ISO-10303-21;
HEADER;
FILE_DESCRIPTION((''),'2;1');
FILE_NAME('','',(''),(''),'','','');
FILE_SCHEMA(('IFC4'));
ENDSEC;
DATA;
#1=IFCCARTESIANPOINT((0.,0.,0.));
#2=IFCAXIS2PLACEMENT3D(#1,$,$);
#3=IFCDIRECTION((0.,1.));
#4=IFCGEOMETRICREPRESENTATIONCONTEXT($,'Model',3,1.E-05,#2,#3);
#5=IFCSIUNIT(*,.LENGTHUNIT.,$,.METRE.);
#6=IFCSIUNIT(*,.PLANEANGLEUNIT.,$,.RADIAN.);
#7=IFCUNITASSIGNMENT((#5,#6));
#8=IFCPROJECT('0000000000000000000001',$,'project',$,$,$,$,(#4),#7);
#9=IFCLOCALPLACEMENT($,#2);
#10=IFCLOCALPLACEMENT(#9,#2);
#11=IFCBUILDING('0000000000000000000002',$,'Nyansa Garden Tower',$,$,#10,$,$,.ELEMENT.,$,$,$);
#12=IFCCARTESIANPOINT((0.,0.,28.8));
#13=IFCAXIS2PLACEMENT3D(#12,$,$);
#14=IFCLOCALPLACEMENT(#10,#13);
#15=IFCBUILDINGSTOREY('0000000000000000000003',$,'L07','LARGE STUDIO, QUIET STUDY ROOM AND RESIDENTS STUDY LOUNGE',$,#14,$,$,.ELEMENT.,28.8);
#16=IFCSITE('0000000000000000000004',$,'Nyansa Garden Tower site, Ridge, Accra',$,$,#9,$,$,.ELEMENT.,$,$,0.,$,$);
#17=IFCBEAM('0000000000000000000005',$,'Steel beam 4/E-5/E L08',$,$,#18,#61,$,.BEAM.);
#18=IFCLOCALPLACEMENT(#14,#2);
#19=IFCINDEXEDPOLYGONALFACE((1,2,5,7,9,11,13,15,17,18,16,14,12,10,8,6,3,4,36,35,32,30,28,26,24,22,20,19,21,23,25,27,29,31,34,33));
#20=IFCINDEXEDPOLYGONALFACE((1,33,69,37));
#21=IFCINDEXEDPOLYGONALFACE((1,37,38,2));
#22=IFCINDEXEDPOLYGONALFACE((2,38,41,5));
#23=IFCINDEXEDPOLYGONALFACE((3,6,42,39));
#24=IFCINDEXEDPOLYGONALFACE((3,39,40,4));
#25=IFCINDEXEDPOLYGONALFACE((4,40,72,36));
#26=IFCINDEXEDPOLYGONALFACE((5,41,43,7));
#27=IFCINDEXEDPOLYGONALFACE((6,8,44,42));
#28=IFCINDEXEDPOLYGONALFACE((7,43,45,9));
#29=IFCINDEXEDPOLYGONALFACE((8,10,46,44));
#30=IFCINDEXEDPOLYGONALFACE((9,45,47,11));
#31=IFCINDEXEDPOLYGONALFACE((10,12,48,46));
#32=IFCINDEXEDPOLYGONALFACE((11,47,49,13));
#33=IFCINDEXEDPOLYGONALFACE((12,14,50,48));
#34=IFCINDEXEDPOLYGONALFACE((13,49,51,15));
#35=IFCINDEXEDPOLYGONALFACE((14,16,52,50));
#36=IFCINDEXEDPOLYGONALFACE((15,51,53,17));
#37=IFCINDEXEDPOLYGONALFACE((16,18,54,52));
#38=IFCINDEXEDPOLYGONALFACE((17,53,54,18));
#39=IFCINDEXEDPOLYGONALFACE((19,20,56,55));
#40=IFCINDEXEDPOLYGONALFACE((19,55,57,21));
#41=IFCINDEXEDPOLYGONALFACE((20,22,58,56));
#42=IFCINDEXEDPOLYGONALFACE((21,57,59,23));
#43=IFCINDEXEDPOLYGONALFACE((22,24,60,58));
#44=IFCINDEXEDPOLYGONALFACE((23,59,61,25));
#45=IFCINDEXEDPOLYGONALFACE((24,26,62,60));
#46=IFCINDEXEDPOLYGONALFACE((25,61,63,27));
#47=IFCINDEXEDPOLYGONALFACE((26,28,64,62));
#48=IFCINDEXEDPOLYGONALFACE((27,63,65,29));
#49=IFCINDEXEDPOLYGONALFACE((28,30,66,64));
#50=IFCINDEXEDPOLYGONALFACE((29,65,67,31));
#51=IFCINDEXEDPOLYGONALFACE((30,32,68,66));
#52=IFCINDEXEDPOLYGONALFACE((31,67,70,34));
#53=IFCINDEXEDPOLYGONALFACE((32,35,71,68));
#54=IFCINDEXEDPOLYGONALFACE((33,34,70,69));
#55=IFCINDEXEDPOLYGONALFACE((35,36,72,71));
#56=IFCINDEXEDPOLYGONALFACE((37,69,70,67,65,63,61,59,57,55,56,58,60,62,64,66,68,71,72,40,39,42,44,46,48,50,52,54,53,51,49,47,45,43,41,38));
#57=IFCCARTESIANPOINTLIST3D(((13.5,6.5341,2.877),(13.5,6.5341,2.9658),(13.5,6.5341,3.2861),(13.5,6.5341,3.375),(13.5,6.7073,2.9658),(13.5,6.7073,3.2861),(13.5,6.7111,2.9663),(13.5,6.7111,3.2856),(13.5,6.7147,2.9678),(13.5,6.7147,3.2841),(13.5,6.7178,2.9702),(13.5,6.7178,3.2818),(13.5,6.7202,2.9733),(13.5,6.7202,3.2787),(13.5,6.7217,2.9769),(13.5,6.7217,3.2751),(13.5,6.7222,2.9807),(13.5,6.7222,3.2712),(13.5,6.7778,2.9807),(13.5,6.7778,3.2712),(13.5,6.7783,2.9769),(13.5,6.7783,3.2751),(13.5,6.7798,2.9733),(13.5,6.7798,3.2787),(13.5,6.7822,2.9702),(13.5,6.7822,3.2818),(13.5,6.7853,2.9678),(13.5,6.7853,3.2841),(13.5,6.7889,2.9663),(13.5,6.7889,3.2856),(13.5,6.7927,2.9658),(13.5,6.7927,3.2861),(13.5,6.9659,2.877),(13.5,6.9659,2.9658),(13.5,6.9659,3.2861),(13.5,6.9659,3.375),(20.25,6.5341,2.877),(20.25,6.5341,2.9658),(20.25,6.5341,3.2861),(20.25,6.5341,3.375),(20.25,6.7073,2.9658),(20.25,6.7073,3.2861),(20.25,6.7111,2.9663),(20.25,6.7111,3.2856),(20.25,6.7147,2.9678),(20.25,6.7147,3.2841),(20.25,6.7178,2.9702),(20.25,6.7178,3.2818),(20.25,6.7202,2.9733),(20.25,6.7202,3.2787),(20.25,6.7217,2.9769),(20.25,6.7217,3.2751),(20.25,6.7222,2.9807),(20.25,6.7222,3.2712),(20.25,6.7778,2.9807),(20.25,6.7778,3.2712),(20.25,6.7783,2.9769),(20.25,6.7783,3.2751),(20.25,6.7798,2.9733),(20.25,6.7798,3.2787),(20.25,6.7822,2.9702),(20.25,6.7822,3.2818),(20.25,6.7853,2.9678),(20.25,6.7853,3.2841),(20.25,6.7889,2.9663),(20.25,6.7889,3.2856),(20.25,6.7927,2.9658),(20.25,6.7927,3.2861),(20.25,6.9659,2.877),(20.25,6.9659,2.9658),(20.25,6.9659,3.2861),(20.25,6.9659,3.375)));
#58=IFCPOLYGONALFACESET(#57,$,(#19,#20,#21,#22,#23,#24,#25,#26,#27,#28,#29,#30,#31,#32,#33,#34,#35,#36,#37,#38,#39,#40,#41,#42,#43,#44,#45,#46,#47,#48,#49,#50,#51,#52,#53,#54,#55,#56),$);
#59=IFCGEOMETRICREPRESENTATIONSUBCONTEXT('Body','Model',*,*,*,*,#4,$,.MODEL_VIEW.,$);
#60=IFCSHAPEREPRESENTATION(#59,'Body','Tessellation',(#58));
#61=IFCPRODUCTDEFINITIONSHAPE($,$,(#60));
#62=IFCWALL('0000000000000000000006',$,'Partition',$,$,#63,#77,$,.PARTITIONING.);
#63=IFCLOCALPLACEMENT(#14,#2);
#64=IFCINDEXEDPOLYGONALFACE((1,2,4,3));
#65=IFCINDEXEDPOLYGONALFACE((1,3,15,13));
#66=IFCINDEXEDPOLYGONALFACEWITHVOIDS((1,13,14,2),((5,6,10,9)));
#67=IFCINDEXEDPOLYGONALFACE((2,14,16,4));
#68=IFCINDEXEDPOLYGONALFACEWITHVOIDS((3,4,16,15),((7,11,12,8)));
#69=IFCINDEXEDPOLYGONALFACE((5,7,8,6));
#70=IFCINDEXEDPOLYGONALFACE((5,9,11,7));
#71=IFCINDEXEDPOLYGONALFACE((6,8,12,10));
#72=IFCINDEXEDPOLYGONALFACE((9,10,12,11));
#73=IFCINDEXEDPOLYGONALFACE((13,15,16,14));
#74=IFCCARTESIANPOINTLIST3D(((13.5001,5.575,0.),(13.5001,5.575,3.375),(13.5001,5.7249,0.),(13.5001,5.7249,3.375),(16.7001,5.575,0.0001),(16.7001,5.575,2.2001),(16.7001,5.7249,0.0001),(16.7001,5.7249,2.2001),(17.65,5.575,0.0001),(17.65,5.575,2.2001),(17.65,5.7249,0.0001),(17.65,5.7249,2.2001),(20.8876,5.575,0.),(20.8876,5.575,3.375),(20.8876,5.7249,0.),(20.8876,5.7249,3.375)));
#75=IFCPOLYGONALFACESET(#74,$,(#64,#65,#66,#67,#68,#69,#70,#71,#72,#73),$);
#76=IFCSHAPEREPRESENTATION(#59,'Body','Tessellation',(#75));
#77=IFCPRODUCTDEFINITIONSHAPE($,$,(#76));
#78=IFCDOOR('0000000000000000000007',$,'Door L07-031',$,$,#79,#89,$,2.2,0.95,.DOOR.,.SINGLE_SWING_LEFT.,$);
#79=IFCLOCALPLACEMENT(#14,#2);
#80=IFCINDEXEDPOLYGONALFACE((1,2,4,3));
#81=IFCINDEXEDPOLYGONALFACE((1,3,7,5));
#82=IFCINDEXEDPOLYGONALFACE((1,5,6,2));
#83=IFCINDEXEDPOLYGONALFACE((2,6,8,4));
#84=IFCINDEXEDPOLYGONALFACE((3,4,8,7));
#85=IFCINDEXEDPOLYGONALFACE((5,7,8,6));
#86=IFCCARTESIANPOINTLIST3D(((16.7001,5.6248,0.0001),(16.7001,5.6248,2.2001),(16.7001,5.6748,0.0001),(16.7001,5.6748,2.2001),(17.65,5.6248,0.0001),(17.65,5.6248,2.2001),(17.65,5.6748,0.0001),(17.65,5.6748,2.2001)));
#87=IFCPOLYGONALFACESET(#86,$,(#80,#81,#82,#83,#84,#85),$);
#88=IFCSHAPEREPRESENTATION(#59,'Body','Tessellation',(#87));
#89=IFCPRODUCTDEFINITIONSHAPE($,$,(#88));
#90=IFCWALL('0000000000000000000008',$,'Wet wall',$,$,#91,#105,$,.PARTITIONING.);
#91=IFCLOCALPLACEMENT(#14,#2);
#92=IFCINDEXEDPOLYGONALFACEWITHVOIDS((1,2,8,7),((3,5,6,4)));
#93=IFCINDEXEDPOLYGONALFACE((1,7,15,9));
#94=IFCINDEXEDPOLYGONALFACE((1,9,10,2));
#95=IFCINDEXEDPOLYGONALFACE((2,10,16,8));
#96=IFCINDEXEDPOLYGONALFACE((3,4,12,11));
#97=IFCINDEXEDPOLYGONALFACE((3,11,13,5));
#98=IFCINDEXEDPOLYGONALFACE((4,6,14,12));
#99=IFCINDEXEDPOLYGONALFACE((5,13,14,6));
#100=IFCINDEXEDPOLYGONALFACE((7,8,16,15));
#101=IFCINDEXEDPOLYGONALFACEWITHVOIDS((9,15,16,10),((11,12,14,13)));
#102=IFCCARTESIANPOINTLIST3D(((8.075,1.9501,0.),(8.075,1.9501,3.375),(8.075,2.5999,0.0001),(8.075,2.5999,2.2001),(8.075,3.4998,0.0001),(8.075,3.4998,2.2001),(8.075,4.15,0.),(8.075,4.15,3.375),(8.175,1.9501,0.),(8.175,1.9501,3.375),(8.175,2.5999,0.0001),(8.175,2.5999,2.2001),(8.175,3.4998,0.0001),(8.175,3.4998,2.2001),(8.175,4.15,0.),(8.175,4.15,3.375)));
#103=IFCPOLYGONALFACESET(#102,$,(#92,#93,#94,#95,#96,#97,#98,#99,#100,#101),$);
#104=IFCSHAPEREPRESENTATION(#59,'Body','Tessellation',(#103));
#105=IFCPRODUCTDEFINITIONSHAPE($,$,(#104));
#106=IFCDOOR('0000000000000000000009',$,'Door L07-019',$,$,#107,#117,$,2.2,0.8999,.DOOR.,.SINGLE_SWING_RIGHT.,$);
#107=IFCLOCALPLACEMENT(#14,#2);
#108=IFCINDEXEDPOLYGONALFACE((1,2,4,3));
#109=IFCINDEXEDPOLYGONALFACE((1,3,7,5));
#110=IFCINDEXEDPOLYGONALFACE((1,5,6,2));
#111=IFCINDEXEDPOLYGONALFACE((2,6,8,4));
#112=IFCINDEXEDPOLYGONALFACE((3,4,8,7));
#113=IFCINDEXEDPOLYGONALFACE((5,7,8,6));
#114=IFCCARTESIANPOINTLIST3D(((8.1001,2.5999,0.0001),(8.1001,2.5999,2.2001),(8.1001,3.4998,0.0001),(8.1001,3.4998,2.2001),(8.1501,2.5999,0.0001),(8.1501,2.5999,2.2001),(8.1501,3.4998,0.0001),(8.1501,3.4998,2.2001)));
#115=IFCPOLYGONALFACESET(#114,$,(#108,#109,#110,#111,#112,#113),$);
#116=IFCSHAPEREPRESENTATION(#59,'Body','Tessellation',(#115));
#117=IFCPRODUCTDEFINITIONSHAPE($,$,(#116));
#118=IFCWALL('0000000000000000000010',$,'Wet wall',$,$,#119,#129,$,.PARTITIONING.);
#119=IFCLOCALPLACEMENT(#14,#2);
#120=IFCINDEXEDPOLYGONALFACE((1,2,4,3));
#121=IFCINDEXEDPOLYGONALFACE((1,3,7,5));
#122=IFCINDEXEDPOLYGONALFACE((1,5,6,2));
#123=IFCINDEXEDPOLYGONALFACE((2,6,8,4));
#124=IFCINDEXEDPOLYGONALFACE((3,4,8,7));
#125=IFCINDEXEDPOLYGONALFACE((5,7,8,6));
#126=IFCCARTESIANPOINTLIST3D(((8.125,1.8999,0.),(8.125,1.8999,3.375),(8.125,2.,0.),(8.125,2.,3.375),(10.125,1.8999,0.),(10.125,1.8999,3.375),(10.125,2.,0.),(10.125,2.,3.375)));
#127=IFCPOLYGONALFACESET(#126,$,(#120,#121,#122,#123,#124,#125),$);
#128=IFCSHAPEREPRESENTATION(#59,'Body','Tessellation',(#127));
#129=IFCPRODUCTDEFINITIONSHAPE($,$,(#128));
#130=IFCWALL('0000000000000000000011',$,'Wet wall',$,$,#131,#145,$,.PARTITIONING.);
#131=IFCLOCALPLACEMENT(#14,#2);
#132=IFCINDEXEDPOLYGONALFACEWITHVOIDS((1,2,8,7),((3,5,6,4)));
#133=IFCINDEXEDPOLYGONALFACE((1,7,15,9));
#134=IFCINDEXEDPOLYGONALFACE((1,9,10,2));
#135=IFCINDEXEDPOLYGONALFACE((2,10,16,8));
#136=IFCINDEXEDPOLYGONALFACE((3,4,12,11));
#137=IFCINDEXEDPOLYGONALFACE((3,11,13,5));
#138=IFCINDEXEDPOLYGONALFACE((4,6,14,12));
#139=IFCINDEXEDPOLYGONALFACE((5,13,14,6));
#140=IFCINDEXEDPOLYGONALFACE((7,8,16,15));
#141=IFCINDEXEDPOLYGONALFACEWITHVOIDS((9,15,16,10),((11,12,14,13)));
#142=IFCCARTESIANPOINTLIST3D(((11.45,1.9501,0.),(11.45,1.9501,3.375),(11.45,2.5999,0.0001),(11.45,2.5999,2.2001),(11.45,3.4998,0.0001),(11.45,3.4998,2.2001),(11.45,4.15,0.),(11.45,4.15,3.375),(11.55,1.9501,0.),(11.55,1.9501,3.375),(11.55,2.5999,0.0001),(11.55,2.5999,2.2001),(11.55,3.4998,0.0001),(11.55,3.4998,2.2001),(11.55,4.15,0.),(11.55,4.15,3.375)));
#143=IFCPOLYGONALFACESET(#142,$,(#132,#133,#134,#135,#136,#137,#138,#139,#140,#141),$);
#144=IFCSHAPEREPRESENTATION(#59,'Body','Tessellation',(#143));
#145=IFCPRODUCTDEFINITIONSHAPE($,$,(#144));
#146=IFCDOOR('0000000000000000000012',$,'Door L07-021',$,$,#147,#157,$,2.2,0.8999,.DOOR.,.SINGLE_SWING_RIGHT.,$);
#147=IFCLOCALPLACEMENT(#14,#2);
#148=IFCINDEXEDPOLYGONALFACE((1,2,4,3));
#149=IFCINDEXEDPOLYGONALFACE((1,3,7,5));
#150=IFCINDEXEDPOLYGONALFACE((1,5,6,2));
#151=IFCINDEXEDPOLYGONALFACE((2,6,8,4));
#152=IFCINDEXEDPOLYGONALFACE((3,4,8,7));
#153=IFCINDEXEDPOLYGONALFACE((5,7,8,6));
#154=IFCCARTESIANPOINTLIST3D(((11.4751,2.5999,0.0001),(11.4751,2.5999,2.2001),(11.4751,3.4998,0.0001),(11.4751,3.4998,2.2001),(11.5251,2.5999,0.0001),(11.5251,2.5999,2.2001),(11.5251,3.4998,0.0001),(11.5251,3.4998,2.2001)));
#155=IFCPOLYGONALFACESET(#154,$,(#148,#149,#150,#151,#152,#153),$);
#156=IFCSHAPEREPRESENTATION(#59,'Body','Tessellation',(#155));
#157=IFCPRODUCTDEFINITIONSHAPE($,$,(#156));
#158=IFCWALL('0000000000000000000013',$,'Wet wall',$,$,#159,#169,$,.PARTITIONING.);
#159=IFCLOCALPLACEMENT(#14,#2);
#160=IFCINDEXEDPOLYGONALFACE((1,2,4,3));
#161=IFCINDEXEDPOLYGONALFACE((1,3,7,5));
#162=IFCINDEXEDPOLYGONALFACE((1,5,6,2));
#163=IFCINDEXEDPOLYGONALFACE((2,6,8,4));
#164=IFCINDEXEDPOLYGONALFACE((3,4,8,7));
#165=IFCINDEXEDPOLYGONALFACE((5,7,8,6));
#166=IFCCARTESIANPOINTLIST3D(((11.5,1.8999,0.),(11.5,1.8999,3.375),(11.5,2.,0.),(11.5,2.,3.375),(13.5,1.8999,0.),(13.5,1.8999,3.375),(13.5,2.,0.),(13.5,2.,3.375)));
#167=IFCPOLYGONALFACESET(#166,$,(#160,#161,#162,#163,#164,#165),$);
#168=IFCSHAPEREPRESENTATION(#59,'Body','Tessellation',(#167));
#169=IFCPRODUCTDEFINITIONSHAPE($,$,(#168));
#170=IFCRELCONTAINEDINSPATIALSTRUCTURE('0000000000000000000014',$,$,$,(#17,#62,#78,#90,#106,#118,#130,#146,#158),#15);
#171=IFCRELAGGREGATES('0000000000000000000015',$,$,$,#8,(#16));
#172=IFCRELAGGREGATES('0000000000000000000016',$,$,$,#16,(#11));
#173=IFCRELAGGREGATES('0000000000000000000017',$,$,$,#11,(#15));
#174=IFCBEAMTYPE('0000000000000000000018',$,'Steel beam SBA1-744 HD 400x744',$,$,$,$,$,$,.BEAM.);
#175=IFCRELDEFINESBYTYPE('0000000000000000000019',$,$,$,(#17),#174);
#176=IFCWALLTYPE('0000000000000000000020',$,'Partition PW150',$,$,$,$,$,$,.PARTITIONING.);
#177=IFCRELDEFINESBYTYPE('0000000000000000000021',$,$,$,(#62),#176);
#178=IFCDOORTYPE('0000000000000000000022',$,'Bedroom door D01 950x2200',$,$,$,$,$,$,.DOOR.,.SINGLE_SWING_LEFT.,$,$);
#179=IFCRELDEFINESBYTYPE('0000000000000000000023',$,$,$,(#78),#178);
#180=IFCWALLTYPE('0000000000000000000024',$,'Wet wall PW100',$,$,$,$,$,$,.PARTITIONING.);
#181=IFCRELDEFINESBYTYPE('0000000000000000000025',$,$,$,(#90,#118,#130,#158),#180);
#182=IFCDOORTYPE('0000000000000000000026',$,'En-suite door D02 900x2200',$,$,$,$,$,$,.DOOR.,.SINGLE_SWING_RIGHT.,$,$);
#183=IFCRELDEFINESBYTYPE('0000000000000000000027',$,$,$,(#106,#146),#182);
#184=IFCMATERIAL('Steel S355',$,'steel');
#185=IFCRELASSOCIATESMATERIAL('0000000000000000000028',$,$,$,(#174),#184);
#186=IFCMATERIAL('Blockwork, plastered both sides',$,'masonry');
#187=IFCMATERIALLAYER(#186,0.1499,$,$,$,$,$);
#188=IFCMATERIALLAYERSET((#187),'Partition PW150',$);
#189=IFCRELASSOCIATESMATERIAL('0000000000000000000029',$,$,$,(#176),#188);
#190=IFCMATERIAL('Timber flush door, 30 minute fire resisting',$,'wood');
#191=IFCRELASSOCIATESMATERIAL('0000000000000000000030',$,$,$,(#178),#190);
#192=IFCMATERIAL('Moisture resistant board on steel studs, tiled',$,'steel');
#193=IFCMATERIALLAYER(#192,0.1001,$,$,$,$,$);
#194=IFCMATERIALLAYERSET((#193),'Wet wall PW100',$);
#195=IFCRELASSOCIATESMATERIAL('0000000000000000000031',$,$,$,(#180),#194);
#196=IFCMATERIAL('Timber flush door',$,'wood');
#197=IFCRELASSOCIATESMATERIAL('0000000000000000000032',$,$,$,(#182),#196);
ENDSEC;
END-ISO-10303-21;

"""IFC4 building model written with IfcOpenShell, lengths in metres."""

from ifc_helpers import new_model, si_unit, direction, frame, frame_2d, origin, origin_2d, place, context, subcontext, project, spatial, rectangle, i_section, extrude, material, layer, layer_set, material_profile, profile_set, type_object, element, fill, save


model = new_model("IFC4")

# Units and contexts
model_context = context("Model", 3, precision=1e-05, world=origin(), true_north=direction((0.0, 1.0)))
body_context = subcontext(model_context, "Body", "Model", "MODEL_VIEW")
ifc_project = project(units=[si_unit("LENGTHUNIT", "METRE"), si_unit("PLANEANGLEUNIT", "RADIAN")], contexts=[model_context])

# Site, building, storey
site_placement = place(None, origin())
site = spatial("IfcSite", under=ifc_project, at=site_placement, Name="Nyansa Garden Tower site, Ridge, Accra", CompositionType="ELEMENT", RefElevation=0.0)
building_placement = place(site_placement, origin())
building = spatial("IfcBuilding", under=site, at=building_placement, Name="Nyansa Garden Tower", CompositionType="ELEMENT")
storey_placement = place(building_placement, frame((0.0, 0.0, 28.8)))
storey = spatial("IfcBuildingStorey", under=building, at=storey_placement, Name="L07", Description="LARGE STUDIO, QUIET STUDY ROOM AND RESIDENTS STUDY LOUNGE", CompositionType="ELEMENT", Elevation=28.8)

# Beam
ifc_material_1 = material(Name="Steel S355", Category="steel")
ifc_material_profile_1 = material_profile(ifc_material_1, i_section(OverallWidth=0.4319, OverallDepth=0.498, WebThickness=0.0557, FlangeThickness=0.0889, FilletRadius=0.0149, at=origin_2d()), Name="HD 400x744")
ifc_profile_set_1 = profile_set([ifc_material_profile_1], Name="Steel S355")
beam_type_1 = type_object("IfcBeamType", Name="Steel beam SBA1-744 HD 400x744", PredefinedType="BEAM", material=ifc_profile_set_1)
beam_1_placement = place(storey_placement, frame((13.5, 6.75, 3.126), z_axis=(1.0, 0.0, 0.0), x_axis=(0.0, 1.0, 0.0)))
element("IfcBeam", 1, at=beam_1_placement, inside=storey, type_object=beam_type_1, Name="Steel beam 4/E-5/E L08", PredefinedType="BEAM", context=body_context, shape_type="SweptSolid", body=[
    extrude(i_section(OverallWidth=0.4319, OverallDepth=0.498, WebThickness=0.0557, FlangeThickness=0.0889, FilletRadius=0.0149, at=origin_2d()), origin(), (0.0, 0.0, 1.0), 6.75),
])

# Walls, openings, doors
ifc_material_2 = material(Name="Blockwork, plastered both sides", Category="masonry")
ifc_layer_1 = layer(ifc_material_2, 0.1499)
ifc_layer_set_1 = layer_set([ifc_layer_1], Name="Partition PW150")
wall_type_1 = type_object("IfcWallType", Name="Partition PW150", PredefinedType="PARTITIONING", material=ifc_layer_set_1)
wall_1_placement = place(storey_placement, frame((13.5, 5.6499, 0.0), z_axis=(0.0, 0.0, 1.0), x_axis=(1.0, 0.0, 0.0)))
wall_1 = element("IfcWall", 2, at=wall_1_placement, inside=storey, type_object=wall_type_1, Name="Partition", PredefinedType="PARTITIONING", context=body_context, shape_type="SweptSolid", body=[
    extrude(rectangle(XDim=7.3875, YDim=0.1499, at=frame_2d((3.6938, 0.0))), origin(), (0.0, 0.0, 1.0), 3.375),
])
opening_1_placement = place(wall_1_placement, frame((3.2, 0.0, 0.0)))
opening_1 = element("IfcOpeningElement", 3, at=opening_1_placement, cuts=wall_1, PredefinedType="OPENING", context=body_context, shape_type="SweptSolid", body=[
    extrude(rectangle(XDim=0.95, YDim=2.2, at=frame_2d((0.4751, 1.1001))), frame((0.0, 0.085, 0.0), z_axis=(0.0, -1.0, 0.0), x_axis=(1.0, 0.0, 0.0)), (0.0, 0.0, 1.0), 0.1699),
])
ifc_material_3 = material(Name="Timber flush door, 30 minute fire resisting", Category="wood")
door_type_1 = type_object("IfcDoorType", Name="Bedroom door D01 950x2200", OperationType="SINGLE_SWING_LEFT", PredefinedType="DOOR", material=ifc_material_3)
door_1_placement = place(opening_1_placement, origin())
door_1 = element("IfcDoor", 4, at=door_1_placement, inside=storey, type_object=door_type_1, Name="Door L07-031", OperationType="SINGLE_SWING_LEFT", OverallHeight=2.2, OverallWidth=0.95, PredefinedType="DOOR", context=body_context, shape_type="SweptSolid", body=[
    extrude(rectangle(XDim=0.95, YDim=2.2, at=frame_2d((0.4751, 1.1001))), frame((0.0, 0.0249, 0.0), z_axis=(0.0, -1.0, 0.0), x_axis=(1.0, 0.0, 0.0)), (0.0, 0.0, 1.0), 0.05),
])
fill(opening_1, door_1)
ifc_material_4 = material(Name="Moisture resistant board on steel studs, tiled", Category="steel")
ifc_layer_2 = layer(ifc_material_4, 0.1001)
ifc_layer_set_2 = layer_set([ifc_layer_2], Name="Wet wall PW100")
wall_type_2 = type_object("IfcWallType", Name="Wet wall PW100", PredefinedType="PARTITIONING", material=ifc_layer_set_2)
wall_2_placement = place(storey_placement, frame((8.125, 1.95, 0.0), z_axis=(0.0, 0.0, 1.0), x_axis=(0.0, 1.0, 0.0)))
wall_2 = element("IfcWall", 5, at=wall_2_placement, inside=storey, type_object=wall_type_2, Name="Wet wall", PredefinedType="PARTITIONING", context=body_context, shape_type="SweptSolid", body=[
    extrude(rectangle(XDim=2.2, YDim=0.1001, at=frame_2d((1.1001, 0.0))), origin(), (0.0, 0.0, 1.0), 3.375),
])
opening_2_placement = place(wall_2_placement, frame((0.6499, 0.0, 0.0)))
opening_2 = element("IfcOpeningElement", 6, at=opening_2_placement, cuts=wall_2, PredefinedType="OPENING", context=body_context, shape_type="SweptSolid", body=[
    extrude(rectangle(XDim=0.8999, YDim=2.2, at=frame_2d((0.45, 1.1001))), frame((0.0, 0.0601, 0.0), z_axis=(0.0, -1.0, 0.0), x_axis=(1.0, 0.0, 0.0)), (0.0, 0.0, 1.0), 0.1201),
])
ifc_material_5 = material(Name="Timber flush door", Category="wood")
door_type_2 = type_object("IfcDoorType", Name="En-suite door D02 900x2200", OperationType="SINGLE_SWING_RIGHT", PredefinedType="DOOR", material=ifc_material_5)
door_2_placement = place(opening_2_placement, origin())
door_2 = element("IfcDoor", 7, at=door_2_placement, inside=storey, type_object=door_type_2, Name="Door L07-019", OperationType="SINGLE_SWING_RIGHT", OverallHeight=2.2, OverallWidth=0.8999, PredefinedType="DOOR", context=body_context, shape_type="SweptSolid", body=[
    extrude(rectangle(XDim=0.8999, YDim=2.2, at=frame_2d((0.45, 1.1001))), frame((0.0, 0.0249, 0.0), z_axis=(0.0, -1.0, 0.0), x_axis=(1.0, 0.0, 0.0)), (0.0, 0.0, 1.0), 0.05),
])
fill(opening_2, door_2)

# Wall
wall_3_placement = place(storey_placement, frame((8.125, 1.95, 0.0), z_axis=(0.0, 0.0, 1.0), x_axis=(1.0, 0.0, 0.0)))
element("IfcWall", 8, at=wall_3_placement, inside=storey, type_object=wall_type_2, Name="Wet wall", PredefinedType="PARTITIONING", context=body_context, shape_type="SweptSolid", body=[
    extrude(rectangle(XDim=2.0, YDim=0.1001, at=frame_2d((1.0, 0.0))), origin(), (0.0, 0.0, 1.0), 3.375),
])

# Wall, opening, door
wall_4_placement = place(storey_placement, frame((11.5, 1.95, 0.0), z_axis=(0.0, 0.0, 1.0), x_axis=(0.0, 1.0, 0.0)))
wall_4 = element("IfcWall", 9, at=wall_4_placement, inside=storey, type_object=wall_type_2, Name="Wet wall", PredefinedType="PARTITIONING", context=body_context, shape_type="SweptSolid", body=[
    extrude(rectangle(XDim=2.2, YDim=0.1001, at=frame_2d((1.1001, 0.0))), origin(), (0.0, 0.0, 1.0), 3.375),
])
opening_3_placement = place(wall_4_placement, frame((0.6499, 0.0, 0.0)))
opening_3 = element("IfcOpeningElement", 10, at=opening_3_placement, cuts=wall_4, PredefinedType="OPENING", context=body_context, shape_type="SweptSolid", body=[
    extrude(rectangle(XDim=0.8999, YDim=2.2, at=frame_2d((0.45, 1.1001))), frame((0.0, 0.0601, 0.0), z_axis=(0.0, -1.0, 0.0), x_axis=(1.0, 0.0, 0.0)), (0.0, 0.0, 1.0), 0.1201),
])
door_3_placement = place(opening_3_placement, origin())
door_3 = element("IfcDoor", 11, at=door_3_placement, inside=storey, type_object=door_type_2, Name="Door L07-021", OperationType="SINGLE_SWING_RIGHT", OverallHeight=2.2, OverallWidth=0.8999, PredefinedType="DOOR", context=body_context, shape_type="SweptSolid", body=[
    extrude(rectangle(XDim=0.8999, YDim=2.2, at=frame_2d((0.45, 1.1001))), frame((0.0, 0.0249, 0.0), z_axis=(0.0, -1.0, 0.0), x_axis=(1.0, 0.0, 0.0)), (0.0, 0.0, 1.0), 0.05),
])
fill(opening_3, door_3)

# Wall
wall_5_placement = place(storey_placement, frame((11.5, 1.95, 0.0), z_axis=(0.0, 0.0, 1.0), x_axis=(1.0, 0.0, 0.0)))
element("IfcWall", 12, at=wall_5_placement, inside=storey, type_object=wall_type_2, Name="Wet wall", PredefinedType="PARTITIONING", context=body_context, shape_type="SweptSolid", body=[
    extrude(rectangle(XDim=2.0, YDim=0.1001, at=frame_2d((1.0, 0.0))), origin(), (0.0, 0.0, 1.0), 3.375),
])

save(model, "model.ifc")
